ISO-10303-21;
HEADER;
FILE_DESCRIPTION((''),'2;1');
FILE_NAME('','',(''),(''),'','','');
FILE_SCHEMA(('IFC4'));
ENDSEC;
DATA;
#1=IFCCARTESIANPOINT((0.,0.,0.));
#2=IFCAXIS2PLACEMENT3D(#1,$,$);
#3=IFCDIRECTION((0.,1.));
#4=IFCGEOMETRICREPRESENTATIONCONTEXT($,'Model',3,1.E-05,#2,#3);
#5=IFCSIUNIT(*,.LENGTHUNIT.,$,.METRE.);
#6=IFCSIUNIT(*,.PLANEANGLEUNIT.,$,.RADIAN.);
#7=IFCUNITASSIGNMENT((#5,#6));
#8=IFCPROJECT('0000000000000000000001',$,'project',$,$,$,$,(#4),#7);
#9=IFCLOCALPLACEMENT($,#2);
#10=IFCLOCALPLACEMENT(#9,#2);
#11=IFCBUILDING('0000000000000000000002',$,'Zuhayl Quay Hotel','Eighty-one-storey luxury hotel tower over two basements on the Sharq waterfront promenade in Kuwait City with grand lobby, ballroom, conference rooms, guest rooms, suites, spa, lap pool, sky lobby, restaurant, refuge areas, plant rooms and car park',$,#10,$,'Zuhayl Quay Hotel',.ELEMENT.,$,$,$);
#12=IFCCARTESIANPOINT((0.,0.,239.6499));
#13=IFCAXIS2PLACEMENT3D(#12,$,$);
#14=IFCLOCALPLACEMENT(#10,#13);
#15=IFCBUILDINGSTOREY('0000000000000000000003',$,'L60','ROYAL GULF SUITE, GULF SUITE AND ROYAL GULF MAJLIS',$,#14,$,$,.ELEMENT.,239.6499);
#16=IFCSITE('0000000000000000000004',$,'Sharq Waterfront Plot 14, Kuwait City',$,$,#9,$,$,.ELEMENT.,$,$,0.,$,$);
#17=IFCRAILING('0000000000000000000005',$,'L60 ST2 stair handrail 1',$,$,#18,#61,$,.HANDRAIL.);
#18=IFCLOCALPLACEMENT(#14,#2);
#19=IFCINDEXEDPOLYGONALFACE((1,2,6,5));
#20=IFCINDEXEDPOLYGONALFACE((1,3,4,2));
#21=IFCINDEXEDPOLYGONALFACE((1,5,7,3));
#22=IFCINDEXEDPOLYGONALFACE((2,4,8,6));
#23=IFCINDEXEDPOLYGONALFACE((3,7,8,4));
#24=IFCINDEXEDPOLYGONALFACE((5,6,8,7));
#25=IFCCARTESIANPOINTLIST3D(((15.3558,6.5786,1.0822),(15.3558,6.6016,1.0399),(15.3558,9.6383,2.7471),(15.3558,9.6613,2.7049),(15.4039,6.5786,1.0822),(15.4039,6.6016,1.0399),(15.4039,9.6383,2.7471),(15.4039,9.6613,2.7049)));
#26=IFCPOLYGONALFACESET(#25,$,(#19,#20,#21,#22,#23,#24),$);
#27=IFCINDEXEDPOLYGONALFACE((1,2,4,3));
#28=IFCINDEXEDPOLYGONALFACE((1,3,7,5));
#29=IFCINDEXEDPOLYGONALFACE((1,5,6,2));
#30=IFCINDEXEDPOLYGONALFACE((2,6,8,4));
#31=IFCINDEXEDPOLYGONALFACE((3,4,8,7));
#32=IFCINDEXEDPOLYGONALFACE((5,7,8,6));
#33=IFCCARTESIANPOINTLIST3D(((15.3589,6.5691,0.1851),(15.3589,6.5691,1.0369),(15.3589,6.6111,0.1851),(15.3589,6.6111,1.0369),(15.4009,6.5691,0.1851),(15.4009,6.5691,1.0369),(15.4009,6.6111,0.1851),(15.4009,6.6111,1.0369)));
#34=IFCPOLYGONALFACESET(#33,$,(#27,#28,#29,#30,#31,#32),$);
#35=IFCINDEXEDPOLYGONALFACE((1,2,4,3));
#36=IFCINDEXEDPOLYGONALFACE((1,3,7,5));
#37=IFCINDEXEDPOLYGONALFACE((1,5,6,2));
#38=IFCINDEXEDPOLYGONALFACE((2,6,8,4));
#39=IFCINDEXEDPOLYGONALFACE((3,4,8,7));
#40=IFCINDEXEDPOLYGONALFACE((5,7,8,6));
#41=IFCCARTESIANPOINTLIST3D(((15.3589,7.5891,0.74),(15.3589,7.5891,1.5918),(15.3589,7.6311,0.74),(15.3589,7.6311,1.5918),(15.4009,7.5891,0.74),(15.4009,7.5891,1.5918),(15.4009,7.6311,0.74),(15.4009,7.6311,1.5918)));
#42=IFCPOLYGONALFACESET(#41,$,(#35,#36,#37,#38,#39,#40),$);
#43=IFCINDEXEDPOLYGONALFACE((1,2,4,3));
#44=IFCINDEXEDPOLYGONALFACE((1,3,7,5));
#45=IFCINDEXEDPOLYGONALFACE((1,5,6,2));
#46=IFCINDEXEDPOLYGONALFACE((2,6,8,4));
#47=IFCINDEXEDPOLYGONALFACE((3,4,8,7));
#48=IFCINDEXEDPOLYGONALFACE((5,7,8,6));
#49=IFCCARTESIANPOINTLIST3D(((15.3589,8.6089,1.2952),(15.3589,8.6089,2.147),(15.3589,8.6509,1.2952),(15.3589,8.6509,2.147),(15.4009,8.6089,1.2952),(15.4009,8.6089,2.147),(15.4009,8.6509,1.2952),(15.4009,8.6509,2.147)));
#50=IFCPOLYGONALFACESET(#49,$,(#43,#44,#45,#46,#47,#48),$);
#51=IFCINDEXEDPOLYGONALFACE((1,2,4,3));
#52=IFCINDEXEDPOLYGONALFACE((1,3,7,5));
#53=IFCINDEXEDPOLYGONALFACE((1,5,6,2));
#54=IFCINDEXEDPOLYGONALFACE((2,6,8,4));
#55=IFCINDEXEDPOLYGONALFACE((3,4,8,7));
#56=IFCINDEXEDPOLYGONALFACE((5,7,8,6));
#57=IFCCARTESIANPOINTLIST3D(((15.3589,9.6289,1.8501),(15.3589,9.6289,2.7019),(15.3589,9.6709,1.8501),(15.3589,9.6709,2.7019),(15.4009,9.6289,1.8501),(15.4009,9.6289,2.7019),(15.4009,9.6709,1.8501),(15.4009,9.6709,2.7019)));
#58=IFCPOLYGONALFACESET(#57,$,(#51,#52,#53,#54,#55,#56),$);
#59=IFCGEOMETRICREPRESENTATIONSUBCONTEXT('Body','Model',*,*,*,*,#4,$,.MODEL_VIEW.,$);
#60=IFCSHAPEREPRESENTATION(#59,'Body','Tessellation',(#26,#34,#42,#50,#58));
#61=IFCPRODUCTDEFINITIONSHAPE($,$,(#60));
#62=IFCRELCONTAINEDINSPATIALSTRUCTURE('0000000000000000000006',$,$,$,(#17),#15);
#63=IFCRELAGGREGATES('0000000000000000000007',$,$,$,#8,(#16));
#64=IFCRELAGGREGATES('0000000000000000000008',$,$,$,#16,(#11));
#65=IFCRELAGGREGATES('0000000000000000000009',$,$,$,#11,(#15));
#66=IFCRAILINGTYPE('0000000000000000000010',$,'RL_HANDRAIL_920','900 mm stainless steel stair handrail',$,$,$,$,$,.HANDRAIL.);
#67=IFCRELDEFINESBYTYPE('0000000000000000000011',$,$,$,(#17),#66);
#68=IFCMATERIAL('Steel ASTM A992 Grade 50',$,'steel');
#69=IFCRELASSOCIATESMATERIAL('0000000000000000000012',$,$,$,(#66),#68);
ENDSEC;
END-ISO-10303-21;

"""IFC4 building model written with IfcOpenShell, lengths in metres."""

from ifc_helpers import new_model, si_unit, direction, frame, origin, origin_2d, place, context, subcontext, project, spatial, rectangle, extrude, material, type_object, element, save


model = new_model("IFC4")

# Units and contexts
model_context = context("Model", 3, precision=1e-05, world=origin(), true_north=direction((0.0, 1.0)))
body_context = subcontext(model_context, "Body", "Model", "MODEL_VIEW")
ifc_project = project(units=[si_unit("LENGTHUNIT", "METRE"), si_unit("PLANEANGLEUNIT", "RADIAN")], contexts=[model_context])

# Site, building, storey
site_placement = place(None, origin())
site = spatial("IfcSite", under=ifc_project, at=site_placement, Name="Sharq Waterfront Plot 14, Kuwait City", CompositionType="ELEMENT", RefElevation=0.0)
building_placement = place(site_placement, origin())
building = spatial("IfcBuilding", under=site, at=building_placement, Name="Zuhayl Quay Hotel", Description="Eighty-one-storey luxury hotel tower over two basements on the Sharq waterfront promenade in Kuwait City with grand lobby, ballroom, conference rooms, guest rooms, suites, spa, lap pool, sky lobby, restaurant, refuge areas, plant rooms and car park", LongName="Zuhayl Quay Hotel", CompositionType="ELEMENT")
storey_placement = place(building_placement, frame((0.0, 0.0, 239.6499)))
storey = spatial("IfcBuildingStorey", under=building, at=storey_placement, Name="L60", Description="ROYAL GULF SUITE, GULF SUITE AND ROYAL GULF MAJLIS", CompositionType="ELEMENT", Elevation=239.6499)

# Railing
ifc_material_1 = material(Name="Steel ASTM A992 Grade 50", Category="steel")
railing_type_1 = type_object("IfcRailingType", Name="RL_HANDRAIL_920", Description="900 mm stainless steel stair handrail", PredefinedType="HANDRAIL", material=ifc_material_1)
railing_1_placement = place(storey_placement, frame((15.3799, 6.5901, 0.1851)))
element("IfcRailing", 1, at=railing_1_placement, inside=storey, type_object=railing_type_1, Name="L60 ST2 stair handrail 1", PredefinedType="HANDRAIL", context=body_context, shape_type="SweptSolid", body=[
    extrude(rectangle(XDim=0.0481, YDim=0.0481, at=origin_2d()), frame((0.0, 0.0, 0.876), z_axis=(0.0, 0.878372, 0.477978), x_axis=(-1.0, 0.0, 0.0)), (0.0, 0.0, 1.0), 3.4834),
    extrude(rectangle(XDim=0.042, YDim=0.042, at=origin_2d()), origin(), (0.0, 0.0, 1.0), 0.8518),
    extrude(rectangle(XDim=0.042, YDim=0.042, at=origin_2d()), frame((0.0, 1.02, 0.5549)), (0.0, 0.0, 1.0), 0.8518),
    extrude(rectangle(XDim=0.042, YDim=0.042, at=origin_2d()), frame((0.0, 2.0398, 1.1101)), (0.0, 0.0, 1.0), 0.8518),
    extrude(rectangle(XDim=0.042, YDim=0.042, at=origin_2d()), frame((0.0, 3.0598, 1.665)), (0.0, 0.0, 1.0), 0.8518),
])

save(model, "model.ifc")
